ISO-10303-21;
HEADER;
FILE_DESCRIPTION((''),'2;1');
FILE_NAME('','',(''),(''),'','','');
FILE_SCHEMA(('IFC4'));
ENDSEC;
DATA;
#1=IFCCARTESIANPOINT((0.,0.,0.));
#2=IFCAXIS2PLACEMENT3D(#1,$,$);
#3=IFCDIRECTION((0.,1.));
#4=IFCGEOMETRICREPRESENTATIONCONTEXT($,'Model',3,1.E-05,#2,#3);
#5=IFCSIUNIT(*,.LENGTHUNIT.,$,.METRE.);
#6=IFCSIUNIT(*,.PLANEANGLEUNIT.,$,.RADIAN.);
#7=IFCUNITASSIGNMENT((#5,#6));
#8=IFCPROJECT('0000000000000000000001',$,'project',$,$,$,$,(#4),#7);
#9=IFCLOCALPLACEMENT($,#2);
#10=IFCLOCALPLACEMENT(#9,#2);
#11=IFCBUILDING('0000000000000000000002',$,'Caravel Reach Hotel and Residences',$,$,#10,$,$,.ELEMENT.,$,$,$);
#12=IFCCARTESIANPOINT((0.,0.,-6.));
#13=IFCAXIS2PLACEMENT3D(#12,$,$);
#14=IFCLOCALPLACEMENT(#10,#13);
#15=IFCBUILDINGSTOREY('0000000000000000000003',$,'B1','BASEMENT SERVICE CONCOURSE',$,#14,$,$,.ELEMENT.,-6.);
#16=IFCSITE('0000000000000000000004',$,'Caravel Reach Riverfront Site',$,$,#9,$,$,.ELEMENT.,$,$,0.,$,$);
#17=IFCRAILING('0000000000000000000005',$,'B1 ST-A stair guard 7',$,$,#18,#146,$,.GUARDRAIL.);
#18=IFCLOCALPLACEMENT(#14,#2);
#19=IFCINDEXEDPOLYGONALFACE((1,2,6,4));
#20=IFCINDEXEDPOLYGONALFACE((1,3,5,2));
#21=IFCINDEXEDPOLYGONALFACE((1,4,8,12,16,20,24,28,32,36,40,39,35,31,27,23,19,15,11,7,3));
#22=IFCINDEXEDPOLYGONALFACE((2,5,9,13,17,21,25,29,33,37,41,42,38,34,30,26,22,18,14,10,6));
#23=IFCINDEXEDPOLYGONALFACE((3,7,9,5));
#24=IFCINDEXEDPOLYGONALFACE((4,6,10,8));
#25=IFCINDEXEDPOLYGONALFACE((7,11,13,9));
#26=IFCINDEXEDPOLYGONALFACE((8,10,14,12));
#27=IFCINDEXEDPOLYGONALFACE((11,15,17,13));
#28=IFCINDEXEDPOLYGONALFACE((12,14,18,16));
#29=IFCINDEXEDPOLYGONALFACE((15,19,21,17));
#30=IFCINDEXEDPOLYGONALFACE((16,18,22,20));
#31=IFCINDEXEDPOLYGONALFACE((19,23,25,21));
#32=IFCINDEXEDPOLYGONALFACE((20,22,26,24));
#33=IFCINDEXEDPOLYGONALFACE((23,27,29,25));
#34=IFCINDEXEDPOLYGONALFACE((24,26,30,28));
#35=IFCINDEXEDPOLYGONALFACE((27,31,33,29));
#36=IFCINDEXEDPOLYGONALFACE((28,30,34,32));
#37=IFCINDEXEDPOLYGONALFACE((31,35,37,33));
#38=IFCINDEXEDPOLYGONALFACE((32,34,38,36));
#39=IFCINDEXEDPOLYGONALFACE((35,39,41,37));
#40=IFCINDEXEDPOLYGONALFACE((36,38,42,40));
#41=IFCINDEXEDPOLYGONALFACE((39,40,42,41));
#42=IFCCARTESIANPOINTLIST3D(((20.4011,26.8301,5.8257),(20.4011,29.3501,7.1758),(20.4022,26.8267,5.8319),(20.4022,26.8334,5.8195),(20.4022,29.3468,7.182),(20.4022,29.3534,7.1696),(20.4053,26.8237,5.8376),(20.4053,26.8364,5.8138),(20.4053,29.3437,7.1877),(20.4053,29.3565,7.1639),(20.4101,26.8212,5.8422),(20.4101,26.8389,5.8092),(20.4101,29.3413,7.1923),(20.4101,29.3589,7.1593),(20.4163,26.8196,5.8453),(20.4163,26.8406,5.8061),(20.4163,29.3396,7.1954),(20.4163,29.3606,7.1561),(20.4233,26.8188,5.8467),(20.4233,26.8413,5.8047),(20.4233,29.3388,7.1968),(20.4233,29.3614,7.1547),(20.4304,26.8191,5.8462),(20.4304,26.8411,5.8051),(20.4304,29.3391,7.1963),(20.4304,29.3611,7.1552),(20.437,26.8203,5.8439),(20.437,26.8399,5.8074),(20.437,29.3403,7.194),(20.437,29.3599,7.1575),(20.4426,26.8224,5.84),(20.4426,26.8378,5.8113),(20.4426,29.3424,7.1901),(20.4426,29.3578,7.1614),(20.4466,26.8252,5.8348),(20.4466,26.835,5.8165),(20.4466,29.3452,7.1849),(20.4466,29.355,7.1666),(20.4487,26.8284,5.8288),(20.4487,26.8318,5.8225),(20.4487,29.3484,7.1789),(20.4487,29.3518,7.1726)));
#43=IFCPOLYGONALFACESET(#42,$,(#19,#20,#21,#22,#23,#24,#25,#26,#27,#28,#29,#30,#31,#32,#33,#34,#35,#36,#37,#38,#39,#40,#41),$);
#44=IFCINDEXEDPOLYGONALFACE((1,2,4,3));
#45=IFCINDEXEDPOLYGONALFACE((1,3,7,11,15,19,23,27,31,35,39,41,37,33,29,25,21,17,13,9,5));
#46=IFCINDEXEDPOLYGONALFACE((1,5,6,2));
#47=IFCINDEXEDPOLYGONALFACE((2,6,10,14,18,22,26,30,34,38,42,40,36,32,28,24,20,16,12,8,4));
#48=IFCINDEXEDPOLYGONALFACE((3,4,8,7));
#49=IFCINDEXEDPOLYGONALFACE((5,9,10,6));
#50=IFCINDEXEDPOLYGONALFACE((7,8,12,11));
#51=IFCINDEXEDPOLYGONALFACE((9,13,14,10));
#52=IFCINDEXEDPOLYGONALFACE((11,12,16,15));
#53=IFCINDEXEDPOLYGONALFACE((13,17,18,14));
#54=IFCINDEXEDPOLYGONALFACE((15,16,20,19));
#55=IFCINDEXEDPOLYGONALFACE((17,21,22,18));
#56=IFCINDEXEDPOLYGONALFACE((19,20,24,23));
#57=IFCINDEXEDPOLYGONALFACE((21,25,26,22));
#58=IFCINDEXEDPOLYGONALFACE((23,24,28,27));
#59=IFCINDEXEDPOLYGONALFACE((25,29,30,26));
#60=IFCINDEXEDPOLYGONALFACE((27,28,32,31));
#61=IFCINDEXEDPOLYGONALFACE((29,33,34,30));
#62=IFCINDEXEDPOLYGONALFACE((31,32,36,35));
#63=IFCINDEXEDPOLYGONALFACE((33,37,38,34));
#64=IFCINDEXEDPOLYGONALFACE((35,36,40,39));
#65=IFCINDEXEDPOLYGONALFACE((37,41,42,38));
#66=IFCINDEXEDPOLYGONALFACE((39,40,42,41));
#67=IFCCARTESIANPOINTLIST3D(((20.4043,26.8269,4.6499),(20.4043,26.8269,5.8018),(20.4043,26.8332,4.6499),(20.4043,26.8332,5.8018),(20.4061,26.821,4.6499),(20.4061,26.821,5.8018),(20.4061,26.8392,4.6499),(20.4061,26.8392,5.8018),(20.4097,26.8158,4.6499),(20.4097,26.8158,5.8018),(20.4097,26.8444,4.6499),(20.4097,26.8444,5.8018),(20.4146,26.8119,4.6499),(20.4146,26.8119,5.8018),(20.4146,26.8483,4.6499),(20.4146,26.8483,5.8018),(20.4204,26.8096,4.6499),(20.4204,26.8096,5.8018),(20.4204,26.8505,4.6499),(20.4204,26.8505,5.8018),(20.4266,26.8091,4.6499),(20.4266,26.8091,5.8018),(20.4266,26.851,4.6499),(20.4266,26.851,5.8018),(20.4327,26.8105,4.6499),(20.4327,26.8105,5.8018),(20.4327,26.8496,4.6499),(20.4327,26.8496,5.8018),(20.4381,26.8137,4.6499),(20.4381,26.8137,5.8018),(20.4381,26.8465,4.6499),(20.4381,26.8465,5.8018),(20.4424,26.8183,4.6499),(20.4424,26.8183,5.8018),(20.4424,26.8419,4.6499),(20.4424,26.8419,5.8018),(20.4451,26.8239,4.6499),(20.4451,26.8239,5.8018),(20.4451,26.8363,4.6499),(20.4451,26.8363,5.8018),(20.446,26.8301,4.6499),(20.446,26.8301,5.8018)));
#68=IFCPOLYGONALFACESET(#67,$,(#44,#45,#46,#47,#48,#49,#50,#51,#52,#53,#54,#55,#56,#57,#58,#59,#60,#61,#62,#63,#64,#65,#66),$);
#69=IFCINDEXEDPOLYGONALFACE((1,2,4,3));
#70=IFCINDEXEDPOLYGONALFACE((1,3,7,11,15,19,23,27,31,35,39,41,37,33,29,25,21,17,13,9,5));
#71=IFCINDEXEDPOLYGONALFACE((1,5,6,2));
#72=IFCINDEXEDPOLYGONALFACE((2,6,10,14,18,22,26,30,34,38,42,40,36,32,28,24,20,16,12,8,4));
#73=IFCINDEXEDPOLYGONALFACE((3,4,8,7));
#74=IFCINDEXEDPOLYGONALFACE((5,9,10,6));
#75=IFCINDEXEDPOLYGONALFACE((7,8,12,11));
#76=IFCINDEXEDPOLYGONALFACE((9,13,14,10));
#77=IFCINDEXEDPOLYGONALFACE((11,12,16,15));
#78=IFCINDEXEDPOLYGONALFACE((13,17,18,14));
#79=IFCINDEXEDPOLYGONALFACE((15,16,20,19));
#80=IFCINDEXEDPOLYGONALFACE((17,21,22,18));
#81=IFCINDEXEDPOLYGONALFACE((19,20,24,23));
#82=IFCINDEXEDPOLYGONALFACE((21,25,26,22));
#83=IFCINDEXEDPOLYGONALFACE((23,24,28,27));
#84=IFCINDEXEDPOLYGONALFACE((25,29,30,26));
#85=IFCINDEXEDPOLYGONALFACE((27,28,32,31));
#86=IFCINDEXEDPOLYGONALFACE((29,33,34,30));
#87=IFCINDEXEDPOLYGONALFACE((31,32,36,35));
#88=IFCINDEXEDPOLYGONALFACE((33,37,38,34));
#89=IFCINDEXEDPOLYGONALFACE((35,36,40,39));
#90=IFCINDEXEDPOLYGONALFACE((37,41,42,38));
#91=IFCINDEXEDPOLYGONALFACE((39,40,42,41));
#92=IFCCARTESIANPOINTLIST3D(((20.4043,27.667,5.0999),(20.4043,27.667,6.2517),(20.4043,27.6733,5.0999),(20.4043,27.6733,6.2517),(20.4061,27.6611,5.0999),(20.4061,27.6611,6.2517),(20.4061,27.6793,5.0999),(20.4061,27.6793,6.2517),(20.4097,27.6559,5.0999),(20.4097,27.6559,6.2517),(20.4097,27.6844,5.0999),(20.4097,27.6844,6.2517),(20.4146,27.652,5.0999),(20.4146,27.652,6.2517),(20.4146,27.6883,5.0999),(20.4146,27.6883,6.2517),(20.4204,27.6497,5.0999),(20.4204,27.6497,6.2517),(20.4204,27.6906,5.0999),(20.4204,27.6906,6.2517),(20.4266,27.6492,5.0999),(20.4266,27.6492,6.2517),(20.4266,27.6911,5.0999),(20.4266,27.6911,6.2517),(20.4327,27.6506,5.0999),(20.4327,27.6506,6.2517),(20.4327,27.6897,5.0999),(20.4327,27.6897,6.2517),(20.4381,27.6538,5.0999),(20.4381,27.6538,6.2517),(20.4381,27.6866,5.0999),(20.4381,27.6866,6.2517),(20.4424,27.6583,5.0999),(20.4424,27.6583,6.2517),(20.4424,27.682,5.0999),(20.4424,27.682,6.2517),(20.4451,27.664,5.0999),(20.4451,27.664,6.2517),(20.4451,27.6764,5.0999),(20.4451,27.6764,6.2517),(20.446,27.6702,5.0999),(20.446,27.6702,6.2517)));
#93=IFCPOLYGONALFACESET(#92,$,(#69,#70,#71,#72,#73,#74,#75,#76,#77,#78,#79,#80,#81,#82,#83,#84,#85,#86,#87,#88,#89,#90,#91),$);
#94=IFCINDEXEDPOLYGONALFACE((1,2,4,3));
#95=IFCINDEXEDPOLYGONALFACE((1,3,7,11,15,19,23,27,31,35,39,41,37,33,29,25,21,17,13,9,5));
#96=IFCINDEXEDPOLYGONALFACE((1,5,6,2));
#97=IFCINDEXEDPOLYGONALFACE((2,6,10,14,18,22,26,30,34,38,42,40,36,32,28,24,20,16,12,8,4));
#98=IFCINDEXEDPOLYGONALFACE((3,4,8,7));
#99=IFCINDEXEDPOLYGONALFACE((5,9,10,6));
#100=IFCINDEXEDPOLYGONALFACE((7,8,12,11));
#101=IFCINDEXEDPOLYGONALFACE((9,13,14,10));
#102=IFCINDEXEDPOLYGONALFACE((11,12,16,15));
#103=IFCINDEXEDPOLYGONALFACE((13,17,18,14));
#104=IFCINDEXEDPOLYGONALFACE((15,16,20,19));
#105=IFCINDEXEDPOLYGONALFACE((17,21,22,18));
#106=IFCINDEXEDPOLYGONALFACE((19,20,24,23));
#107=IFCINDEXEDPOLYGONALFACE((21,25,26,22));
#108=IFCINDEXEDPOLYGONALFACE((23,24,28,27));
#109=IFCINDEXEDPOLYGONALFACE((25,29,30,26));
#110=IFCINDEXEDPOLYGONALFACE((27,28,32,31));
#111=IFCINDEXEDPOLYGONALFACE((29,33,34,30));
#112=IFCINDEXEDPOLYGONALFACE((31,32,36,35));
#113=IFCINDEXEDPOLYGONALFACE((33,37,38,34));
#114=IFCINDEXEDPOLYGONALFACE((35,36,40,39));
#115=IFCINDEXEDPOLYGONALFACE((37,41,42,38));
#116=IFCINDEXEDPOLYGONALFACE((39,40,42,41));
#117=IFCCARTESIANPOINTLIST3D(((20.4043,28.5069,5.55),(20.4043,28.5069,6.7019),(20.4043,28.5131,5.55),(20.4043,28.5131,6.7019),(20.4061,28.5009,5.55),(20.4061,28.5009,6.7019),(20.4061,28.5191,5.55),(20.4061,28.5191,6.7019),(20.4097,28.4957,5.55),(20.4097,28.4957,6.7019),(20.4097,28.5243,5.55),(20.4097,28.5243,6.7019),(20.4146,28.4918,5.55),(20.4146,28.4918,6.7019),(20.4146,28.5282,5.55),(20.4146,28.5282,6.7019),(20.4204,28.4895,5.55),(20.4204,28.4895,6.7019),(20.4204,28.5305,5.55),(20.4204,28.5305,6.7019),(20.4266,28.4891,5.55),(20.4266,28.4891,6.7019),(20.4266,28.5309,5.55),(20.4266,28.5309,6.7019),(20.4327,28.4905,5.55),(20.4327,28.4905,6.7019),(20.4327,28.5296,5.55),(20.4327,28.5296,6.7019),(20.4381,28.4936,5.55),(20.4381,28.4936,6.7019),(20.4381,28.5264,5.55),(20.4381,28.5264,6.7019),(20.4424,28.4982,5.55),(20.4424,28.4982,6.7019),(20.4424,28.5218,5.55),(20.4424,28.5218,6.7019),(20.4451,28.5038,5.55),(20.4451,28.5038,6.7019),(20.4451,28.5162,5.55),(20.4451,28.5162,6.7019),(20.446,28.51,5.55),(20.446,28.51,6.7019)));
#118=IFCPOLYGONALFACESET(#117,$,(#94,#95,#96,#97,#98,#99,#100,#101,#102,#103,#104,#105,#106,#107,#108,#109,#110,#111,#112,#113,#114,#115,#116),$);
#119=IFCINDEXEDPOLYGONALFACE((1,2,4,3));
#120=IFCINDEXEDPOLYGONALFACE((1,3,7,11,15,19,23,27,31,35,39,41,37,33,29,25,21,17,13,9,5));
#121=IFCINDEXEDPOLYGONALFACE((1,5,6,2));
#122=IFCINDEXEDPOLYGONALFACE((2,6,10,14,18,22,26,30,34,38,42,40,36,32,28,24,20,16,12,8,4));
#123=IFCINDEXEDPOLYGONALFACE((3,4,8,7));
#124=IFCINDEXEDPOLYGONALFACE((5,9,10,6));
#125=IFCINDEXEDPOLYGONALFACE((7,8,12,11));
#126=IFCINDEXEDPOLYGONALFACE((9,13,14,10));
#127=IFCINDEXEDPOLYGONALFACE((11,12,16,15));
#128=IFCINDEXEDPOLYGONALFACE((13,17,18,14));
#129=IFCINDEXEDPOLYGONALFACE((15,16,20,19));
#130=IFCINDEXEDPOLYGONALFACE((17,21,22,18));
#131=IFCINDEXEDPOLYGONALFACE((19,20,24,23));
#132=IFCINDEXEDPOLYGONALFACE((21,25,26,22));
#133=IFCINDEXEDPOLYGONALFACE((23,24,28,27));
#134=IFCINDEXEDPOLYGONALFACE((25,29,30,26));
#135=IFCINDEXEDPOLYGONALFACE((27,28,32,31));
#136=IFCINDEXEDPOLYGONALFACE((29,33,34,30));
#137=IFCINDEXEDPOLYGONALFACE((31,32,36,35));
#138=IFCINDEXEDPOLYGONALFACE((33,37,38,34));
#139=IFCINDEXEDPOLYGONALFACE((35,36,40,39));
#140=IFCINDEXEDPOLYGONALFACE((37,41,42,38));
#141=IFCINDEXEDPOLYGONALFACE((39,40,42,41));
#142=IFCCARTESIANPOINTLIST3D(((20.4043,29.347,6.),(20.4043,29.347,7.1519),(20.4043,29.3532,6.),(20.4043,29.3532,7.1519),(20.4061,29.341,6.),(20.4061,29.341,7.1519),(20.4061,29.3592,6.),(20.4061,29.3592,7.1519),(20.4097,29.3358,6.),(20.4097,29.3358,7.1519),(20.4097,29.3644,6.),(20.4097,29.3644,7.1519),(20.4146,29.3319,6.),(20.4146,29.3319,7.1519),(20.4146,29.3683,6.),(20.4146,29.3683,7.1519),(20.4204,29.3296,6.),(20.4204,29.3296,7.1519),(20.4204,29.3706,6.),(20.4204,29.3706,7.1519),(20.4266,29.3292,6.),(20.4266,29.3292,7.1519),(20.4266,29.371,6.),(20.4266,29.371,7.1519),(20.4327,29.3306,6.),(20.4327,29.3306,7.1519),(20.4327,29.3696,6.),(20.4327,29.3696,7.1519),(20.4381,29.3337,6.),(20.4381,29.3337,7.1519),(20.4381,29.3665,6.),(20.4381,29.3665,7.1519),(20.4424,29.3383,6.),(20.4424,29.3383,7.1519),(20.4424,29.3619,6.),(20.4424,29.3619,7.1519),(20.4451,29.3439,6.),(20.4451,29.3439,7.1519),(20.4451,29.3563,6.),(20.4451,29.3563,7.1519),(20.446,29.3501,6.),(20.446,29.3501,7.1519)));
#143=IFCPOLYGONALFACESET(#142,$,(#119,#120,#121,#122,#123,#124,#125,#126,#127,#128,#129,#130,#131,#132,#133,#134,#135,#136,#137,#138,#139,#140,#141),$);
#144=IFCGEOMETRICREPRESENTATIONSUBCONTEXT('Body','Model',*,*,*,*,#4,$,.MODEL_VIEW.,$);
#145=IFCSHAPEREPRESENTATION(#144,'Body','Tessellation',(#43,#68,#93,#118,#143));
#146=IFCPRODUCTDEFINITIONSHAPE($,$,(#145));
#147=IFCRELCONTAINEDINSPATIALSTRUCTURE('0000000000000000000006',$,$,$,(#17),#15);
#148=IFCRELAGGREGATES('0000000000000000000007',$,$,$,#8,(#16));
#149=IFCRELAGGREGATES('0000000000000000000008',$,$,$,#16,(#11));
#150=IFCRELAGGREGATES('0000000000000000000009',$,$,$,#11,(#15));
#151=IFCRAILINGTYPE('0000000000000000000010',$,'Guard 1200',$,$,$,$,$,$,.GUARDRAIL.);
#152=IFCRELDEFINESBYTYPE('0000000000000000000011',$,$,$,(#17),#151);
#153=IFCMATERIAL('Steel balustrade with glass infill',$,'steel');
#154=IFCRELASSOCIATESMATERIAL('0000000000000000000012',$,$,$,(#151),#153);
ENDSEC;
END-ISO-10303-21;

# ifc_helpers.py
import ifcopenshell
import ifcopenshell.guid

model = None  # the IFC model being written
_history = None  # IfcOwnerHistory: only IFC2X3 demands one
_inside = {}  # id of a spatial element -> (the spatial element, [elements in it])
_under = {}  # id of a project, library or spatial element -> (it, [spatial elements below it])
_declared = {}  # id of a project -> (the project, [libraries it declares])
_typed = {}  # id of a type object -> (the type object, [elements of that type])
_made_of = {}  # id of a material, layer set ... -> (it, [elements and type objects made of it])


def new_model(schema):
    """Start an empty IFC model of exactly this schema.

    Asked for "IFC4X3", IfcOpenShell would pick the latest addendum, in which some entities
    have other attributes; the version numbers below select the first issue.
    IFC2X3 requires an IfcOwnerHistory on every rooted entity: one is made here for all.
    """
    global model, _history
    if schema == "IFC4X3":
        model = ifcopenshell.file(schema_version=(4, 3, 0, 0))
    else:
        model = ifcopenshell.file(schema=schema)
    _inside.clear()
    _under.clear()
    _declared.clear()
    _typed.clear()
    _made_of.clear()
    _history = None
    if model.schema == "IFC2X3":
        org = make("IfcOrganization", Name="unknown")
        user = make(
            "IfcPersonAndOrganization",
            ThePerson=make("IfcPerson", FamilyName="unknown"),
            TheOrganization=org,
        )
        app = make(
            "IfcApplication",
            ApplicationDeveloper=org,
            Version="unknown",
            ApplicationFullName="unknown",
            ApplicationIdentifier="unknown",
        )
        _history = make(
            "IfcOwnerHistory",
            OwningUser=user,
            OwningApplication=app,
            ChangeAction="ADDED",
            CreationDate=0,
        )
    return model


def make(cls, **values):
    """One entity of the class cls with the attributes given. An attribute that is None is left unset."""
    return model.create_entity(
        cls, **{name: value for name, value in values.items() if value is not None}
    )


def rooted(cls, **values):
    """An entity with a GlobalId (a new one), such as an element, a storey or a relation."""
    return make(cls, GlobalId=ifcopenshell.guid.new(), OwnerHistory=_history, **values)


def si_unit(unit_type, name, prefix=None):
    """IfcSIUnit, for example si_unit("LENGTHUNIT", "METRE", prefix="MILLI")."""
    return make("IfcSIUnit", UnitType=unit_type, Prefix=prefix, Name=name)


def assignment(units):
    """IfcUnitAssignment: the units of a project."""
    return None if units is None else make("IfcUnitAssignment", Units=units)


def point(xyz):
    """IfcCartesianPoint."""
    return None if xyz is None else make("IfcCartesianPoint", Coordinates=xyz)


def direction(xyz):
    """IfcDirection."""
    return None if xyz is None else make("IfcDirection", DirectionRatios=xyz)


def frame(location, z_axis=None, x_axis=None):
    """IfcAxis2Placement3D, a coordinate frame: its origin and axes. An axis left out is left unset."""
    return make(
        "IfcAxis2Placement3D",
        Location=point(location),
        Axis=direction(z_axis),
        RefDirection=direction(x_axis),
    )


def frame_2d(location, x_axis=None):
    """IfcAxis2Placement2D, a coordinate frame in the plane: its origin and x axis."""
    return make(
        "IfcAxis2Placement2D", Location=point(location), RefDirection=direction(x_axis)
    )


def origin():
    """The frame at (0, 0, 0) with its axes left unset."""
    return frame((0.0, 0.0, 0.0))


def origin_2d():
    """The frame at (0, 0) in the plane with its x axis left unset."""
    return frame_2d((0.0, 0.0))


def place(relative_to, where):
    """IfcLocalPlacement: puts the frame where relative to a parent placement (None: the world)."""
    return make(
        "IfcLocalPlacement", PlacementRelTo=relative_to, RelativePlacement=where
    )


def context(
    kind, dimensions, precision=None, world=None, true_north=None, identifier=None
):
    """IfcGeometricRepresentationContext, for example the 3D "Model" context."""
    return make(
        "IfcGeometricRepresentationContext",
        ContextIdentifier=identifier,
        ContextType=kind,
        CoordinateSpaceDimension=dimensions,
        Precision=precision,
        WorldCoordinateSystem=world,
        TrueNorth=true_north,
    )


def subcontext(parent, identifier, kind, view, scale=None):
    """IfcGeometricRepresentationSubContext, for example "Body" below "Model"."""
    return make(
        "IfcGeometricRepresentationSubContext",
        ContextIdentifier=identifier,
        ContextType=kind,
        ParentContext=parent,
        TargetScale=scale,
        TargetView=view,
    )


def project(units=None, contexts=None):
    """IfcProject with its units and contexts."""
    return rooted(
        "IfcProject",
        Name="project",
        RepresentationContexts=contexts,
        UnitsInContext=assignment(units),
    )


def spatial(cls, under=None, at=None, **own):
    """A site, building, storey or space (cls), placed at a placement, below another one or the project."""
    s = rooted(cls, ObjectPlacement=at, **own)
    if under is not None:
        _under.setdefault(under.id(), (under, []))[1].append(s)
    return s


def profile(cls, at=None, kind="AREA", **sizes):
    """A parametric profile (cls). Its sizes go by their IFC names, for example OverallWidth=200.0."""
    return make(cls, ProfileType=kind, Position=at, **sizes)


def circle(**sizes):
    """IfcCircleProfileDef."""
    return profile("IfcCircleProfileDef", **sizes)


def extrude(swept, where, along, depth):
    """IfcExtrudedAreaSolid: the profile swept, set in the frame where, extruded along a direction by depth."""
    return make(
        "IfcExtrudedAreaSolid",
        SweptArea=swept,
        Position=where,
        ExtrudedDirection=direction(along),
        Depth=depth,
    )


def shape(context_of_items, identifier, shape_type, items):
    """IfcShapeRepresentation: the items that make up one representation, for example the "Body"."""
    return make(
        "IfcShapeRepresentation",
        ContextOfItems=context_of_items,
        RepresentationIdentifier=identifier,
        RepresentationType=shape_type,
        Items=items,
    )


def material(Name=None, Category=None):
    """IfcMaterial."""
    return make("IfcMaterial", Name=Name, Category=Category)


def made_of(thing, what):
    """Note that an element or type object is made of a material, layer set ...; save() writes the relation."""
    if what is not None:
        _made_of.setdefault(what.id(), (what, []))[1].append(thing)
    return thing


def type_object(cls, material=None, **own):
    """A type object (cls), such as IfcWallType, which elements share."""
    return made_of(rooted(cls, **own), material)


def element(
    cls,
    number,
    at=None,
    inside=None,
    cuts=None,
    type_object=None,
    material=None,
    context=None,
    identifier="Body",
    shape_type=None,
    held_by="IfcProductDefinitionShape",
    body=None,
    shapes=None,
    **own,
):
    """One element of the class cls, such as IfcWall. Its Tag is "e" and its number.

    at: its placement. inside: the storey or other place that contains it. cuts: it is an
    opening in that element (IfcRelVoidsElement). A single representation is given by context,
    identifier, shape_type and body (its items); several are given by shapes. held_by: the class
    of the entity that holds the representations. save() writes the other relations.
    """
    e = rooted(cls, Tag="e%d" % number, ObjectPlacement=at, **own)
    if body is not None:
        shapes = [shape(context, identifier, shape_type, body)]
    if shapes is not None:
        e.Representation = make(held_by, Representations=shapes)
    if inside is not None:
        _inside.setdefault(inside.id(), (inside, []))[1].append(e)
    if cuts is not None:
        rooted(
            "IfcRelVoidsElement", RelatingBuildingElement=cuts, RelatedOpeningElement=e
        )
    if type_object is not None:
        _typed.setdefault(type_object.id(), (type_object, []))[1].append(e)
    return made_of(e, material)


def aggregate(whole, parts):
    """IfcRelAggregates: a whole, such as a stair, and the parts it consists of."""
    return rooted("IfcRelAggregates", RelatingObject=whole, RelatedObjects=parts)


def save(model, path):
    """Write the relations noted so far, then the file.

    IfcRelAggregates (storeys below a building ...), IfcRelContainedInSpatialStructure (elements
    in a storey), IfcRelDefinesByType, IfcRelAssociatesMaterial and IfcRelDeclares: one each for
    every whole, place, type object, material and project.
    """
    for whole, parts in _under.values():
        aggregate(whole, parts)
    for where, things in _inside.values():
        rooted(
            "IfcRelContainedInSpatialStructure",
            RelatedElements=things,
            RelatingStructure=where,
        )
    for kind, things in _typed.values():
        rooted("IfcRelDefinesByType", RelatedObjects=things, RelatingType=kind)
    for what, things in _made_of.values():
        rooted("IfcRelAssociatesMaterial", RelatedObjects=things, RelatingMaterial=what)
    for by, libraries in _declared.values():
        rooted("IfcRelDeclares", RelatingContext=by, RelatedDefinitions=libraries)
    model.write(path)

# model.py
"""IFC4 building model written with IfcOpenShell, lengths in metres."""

from ifc_helpers import new_model, si_unit, direction, frame, origin, origin_2d, place, context, subcontext, project, spatial, circle, extrude, material, type_object, element, save


model = new_model("IFC4")

# Units and contexts
model_context = context("Model", 3, precision=1e-05, world=origin(), true_north=direction((0.0, 1.0)))
body_context = subcontext(model_context, "Body", "Model", "MODEL_VIEW")
ifc_project = project(units=[si_unit("LENGTHUNIT", "METRE"), si_unit("PLANEANGLEUNIT", "RADIAN")], contexts=[model_context])

# Site, building, storey
site_placement = place(None, origin())
site = spatial("IfcSite", under=ifc_project, at=site_placement, Name="Caravel Reach Riverfront Site", CompositionType="ELEMENT", RefElevation=0.0)
building_placement = place(site_placement, origin())
building = spatial("IfcBuilding", under=site, at=building_placement, Name="Caravel Reach Hotel and Residences", CompositionType="ELEMENT")
storey_placement = place(building_placement, frame((0.0, 0.0, -6.0)))
storey = spatial("IfcBuildingStorey", under=building, at=storey_placement, Name="B1", Description="BASEMENT SERVICE CONCOURSE", CompositionType="ELEMENT", Elevation=-6.0)

# Railing
ifc_material_1 = material(Name="Steel balustrade with glass infill", Category="steel")
railing_type_1 = type_object("IfcRailingType", Name="Guard 1200", PredefinedType="GUARDRAIL", material=ifc_material_1)
railing_1_placement = place(storey_placement, frame((20.425, 26.8301, 4.6499)))
element("IfcRailing", 1, at=railing_1_placement, inside=storey, type_object=railing_type_1, Name="B1 ST-A stair guard 7", PredefinedType="GUARDRAIL", context=body_context, shape_type="SweptSolid", body=[
    extrude(circle(Radius=0.0239, at=origin_2d()), frame((0.0, 0.0, 1.1758), z_axis=(0.0, 0.881467, 0.472245), x_axis=(-1.0, 0.0, 0.0)), (0.0, 0.0, 1.0), 2.8589),
    extrude(circle(Radius=0.021, at=origin_2d()), origin(), (0.0, 0.0, 1.0), 1.1519),
    extrude(circle(Radius=0.021, at=origin_2d()), frame((0.0, 0.8401, 0.45)), (0.0, 0.0, 1.0), 1.1519),
    extrude(circle(Radius=0.021, at=origin_2d()), frame((0.0, 1.6799, 0.9001)), (0.0, 0.0, 1.0), 1.1519),
    extrude(circle(Radius=0.021, at=origin_2d()), frame((0.0, 2.52, 1.3501)), (0.0, 0.0, 1.0), 1.1519),
])

save(model, "model.ifc")
